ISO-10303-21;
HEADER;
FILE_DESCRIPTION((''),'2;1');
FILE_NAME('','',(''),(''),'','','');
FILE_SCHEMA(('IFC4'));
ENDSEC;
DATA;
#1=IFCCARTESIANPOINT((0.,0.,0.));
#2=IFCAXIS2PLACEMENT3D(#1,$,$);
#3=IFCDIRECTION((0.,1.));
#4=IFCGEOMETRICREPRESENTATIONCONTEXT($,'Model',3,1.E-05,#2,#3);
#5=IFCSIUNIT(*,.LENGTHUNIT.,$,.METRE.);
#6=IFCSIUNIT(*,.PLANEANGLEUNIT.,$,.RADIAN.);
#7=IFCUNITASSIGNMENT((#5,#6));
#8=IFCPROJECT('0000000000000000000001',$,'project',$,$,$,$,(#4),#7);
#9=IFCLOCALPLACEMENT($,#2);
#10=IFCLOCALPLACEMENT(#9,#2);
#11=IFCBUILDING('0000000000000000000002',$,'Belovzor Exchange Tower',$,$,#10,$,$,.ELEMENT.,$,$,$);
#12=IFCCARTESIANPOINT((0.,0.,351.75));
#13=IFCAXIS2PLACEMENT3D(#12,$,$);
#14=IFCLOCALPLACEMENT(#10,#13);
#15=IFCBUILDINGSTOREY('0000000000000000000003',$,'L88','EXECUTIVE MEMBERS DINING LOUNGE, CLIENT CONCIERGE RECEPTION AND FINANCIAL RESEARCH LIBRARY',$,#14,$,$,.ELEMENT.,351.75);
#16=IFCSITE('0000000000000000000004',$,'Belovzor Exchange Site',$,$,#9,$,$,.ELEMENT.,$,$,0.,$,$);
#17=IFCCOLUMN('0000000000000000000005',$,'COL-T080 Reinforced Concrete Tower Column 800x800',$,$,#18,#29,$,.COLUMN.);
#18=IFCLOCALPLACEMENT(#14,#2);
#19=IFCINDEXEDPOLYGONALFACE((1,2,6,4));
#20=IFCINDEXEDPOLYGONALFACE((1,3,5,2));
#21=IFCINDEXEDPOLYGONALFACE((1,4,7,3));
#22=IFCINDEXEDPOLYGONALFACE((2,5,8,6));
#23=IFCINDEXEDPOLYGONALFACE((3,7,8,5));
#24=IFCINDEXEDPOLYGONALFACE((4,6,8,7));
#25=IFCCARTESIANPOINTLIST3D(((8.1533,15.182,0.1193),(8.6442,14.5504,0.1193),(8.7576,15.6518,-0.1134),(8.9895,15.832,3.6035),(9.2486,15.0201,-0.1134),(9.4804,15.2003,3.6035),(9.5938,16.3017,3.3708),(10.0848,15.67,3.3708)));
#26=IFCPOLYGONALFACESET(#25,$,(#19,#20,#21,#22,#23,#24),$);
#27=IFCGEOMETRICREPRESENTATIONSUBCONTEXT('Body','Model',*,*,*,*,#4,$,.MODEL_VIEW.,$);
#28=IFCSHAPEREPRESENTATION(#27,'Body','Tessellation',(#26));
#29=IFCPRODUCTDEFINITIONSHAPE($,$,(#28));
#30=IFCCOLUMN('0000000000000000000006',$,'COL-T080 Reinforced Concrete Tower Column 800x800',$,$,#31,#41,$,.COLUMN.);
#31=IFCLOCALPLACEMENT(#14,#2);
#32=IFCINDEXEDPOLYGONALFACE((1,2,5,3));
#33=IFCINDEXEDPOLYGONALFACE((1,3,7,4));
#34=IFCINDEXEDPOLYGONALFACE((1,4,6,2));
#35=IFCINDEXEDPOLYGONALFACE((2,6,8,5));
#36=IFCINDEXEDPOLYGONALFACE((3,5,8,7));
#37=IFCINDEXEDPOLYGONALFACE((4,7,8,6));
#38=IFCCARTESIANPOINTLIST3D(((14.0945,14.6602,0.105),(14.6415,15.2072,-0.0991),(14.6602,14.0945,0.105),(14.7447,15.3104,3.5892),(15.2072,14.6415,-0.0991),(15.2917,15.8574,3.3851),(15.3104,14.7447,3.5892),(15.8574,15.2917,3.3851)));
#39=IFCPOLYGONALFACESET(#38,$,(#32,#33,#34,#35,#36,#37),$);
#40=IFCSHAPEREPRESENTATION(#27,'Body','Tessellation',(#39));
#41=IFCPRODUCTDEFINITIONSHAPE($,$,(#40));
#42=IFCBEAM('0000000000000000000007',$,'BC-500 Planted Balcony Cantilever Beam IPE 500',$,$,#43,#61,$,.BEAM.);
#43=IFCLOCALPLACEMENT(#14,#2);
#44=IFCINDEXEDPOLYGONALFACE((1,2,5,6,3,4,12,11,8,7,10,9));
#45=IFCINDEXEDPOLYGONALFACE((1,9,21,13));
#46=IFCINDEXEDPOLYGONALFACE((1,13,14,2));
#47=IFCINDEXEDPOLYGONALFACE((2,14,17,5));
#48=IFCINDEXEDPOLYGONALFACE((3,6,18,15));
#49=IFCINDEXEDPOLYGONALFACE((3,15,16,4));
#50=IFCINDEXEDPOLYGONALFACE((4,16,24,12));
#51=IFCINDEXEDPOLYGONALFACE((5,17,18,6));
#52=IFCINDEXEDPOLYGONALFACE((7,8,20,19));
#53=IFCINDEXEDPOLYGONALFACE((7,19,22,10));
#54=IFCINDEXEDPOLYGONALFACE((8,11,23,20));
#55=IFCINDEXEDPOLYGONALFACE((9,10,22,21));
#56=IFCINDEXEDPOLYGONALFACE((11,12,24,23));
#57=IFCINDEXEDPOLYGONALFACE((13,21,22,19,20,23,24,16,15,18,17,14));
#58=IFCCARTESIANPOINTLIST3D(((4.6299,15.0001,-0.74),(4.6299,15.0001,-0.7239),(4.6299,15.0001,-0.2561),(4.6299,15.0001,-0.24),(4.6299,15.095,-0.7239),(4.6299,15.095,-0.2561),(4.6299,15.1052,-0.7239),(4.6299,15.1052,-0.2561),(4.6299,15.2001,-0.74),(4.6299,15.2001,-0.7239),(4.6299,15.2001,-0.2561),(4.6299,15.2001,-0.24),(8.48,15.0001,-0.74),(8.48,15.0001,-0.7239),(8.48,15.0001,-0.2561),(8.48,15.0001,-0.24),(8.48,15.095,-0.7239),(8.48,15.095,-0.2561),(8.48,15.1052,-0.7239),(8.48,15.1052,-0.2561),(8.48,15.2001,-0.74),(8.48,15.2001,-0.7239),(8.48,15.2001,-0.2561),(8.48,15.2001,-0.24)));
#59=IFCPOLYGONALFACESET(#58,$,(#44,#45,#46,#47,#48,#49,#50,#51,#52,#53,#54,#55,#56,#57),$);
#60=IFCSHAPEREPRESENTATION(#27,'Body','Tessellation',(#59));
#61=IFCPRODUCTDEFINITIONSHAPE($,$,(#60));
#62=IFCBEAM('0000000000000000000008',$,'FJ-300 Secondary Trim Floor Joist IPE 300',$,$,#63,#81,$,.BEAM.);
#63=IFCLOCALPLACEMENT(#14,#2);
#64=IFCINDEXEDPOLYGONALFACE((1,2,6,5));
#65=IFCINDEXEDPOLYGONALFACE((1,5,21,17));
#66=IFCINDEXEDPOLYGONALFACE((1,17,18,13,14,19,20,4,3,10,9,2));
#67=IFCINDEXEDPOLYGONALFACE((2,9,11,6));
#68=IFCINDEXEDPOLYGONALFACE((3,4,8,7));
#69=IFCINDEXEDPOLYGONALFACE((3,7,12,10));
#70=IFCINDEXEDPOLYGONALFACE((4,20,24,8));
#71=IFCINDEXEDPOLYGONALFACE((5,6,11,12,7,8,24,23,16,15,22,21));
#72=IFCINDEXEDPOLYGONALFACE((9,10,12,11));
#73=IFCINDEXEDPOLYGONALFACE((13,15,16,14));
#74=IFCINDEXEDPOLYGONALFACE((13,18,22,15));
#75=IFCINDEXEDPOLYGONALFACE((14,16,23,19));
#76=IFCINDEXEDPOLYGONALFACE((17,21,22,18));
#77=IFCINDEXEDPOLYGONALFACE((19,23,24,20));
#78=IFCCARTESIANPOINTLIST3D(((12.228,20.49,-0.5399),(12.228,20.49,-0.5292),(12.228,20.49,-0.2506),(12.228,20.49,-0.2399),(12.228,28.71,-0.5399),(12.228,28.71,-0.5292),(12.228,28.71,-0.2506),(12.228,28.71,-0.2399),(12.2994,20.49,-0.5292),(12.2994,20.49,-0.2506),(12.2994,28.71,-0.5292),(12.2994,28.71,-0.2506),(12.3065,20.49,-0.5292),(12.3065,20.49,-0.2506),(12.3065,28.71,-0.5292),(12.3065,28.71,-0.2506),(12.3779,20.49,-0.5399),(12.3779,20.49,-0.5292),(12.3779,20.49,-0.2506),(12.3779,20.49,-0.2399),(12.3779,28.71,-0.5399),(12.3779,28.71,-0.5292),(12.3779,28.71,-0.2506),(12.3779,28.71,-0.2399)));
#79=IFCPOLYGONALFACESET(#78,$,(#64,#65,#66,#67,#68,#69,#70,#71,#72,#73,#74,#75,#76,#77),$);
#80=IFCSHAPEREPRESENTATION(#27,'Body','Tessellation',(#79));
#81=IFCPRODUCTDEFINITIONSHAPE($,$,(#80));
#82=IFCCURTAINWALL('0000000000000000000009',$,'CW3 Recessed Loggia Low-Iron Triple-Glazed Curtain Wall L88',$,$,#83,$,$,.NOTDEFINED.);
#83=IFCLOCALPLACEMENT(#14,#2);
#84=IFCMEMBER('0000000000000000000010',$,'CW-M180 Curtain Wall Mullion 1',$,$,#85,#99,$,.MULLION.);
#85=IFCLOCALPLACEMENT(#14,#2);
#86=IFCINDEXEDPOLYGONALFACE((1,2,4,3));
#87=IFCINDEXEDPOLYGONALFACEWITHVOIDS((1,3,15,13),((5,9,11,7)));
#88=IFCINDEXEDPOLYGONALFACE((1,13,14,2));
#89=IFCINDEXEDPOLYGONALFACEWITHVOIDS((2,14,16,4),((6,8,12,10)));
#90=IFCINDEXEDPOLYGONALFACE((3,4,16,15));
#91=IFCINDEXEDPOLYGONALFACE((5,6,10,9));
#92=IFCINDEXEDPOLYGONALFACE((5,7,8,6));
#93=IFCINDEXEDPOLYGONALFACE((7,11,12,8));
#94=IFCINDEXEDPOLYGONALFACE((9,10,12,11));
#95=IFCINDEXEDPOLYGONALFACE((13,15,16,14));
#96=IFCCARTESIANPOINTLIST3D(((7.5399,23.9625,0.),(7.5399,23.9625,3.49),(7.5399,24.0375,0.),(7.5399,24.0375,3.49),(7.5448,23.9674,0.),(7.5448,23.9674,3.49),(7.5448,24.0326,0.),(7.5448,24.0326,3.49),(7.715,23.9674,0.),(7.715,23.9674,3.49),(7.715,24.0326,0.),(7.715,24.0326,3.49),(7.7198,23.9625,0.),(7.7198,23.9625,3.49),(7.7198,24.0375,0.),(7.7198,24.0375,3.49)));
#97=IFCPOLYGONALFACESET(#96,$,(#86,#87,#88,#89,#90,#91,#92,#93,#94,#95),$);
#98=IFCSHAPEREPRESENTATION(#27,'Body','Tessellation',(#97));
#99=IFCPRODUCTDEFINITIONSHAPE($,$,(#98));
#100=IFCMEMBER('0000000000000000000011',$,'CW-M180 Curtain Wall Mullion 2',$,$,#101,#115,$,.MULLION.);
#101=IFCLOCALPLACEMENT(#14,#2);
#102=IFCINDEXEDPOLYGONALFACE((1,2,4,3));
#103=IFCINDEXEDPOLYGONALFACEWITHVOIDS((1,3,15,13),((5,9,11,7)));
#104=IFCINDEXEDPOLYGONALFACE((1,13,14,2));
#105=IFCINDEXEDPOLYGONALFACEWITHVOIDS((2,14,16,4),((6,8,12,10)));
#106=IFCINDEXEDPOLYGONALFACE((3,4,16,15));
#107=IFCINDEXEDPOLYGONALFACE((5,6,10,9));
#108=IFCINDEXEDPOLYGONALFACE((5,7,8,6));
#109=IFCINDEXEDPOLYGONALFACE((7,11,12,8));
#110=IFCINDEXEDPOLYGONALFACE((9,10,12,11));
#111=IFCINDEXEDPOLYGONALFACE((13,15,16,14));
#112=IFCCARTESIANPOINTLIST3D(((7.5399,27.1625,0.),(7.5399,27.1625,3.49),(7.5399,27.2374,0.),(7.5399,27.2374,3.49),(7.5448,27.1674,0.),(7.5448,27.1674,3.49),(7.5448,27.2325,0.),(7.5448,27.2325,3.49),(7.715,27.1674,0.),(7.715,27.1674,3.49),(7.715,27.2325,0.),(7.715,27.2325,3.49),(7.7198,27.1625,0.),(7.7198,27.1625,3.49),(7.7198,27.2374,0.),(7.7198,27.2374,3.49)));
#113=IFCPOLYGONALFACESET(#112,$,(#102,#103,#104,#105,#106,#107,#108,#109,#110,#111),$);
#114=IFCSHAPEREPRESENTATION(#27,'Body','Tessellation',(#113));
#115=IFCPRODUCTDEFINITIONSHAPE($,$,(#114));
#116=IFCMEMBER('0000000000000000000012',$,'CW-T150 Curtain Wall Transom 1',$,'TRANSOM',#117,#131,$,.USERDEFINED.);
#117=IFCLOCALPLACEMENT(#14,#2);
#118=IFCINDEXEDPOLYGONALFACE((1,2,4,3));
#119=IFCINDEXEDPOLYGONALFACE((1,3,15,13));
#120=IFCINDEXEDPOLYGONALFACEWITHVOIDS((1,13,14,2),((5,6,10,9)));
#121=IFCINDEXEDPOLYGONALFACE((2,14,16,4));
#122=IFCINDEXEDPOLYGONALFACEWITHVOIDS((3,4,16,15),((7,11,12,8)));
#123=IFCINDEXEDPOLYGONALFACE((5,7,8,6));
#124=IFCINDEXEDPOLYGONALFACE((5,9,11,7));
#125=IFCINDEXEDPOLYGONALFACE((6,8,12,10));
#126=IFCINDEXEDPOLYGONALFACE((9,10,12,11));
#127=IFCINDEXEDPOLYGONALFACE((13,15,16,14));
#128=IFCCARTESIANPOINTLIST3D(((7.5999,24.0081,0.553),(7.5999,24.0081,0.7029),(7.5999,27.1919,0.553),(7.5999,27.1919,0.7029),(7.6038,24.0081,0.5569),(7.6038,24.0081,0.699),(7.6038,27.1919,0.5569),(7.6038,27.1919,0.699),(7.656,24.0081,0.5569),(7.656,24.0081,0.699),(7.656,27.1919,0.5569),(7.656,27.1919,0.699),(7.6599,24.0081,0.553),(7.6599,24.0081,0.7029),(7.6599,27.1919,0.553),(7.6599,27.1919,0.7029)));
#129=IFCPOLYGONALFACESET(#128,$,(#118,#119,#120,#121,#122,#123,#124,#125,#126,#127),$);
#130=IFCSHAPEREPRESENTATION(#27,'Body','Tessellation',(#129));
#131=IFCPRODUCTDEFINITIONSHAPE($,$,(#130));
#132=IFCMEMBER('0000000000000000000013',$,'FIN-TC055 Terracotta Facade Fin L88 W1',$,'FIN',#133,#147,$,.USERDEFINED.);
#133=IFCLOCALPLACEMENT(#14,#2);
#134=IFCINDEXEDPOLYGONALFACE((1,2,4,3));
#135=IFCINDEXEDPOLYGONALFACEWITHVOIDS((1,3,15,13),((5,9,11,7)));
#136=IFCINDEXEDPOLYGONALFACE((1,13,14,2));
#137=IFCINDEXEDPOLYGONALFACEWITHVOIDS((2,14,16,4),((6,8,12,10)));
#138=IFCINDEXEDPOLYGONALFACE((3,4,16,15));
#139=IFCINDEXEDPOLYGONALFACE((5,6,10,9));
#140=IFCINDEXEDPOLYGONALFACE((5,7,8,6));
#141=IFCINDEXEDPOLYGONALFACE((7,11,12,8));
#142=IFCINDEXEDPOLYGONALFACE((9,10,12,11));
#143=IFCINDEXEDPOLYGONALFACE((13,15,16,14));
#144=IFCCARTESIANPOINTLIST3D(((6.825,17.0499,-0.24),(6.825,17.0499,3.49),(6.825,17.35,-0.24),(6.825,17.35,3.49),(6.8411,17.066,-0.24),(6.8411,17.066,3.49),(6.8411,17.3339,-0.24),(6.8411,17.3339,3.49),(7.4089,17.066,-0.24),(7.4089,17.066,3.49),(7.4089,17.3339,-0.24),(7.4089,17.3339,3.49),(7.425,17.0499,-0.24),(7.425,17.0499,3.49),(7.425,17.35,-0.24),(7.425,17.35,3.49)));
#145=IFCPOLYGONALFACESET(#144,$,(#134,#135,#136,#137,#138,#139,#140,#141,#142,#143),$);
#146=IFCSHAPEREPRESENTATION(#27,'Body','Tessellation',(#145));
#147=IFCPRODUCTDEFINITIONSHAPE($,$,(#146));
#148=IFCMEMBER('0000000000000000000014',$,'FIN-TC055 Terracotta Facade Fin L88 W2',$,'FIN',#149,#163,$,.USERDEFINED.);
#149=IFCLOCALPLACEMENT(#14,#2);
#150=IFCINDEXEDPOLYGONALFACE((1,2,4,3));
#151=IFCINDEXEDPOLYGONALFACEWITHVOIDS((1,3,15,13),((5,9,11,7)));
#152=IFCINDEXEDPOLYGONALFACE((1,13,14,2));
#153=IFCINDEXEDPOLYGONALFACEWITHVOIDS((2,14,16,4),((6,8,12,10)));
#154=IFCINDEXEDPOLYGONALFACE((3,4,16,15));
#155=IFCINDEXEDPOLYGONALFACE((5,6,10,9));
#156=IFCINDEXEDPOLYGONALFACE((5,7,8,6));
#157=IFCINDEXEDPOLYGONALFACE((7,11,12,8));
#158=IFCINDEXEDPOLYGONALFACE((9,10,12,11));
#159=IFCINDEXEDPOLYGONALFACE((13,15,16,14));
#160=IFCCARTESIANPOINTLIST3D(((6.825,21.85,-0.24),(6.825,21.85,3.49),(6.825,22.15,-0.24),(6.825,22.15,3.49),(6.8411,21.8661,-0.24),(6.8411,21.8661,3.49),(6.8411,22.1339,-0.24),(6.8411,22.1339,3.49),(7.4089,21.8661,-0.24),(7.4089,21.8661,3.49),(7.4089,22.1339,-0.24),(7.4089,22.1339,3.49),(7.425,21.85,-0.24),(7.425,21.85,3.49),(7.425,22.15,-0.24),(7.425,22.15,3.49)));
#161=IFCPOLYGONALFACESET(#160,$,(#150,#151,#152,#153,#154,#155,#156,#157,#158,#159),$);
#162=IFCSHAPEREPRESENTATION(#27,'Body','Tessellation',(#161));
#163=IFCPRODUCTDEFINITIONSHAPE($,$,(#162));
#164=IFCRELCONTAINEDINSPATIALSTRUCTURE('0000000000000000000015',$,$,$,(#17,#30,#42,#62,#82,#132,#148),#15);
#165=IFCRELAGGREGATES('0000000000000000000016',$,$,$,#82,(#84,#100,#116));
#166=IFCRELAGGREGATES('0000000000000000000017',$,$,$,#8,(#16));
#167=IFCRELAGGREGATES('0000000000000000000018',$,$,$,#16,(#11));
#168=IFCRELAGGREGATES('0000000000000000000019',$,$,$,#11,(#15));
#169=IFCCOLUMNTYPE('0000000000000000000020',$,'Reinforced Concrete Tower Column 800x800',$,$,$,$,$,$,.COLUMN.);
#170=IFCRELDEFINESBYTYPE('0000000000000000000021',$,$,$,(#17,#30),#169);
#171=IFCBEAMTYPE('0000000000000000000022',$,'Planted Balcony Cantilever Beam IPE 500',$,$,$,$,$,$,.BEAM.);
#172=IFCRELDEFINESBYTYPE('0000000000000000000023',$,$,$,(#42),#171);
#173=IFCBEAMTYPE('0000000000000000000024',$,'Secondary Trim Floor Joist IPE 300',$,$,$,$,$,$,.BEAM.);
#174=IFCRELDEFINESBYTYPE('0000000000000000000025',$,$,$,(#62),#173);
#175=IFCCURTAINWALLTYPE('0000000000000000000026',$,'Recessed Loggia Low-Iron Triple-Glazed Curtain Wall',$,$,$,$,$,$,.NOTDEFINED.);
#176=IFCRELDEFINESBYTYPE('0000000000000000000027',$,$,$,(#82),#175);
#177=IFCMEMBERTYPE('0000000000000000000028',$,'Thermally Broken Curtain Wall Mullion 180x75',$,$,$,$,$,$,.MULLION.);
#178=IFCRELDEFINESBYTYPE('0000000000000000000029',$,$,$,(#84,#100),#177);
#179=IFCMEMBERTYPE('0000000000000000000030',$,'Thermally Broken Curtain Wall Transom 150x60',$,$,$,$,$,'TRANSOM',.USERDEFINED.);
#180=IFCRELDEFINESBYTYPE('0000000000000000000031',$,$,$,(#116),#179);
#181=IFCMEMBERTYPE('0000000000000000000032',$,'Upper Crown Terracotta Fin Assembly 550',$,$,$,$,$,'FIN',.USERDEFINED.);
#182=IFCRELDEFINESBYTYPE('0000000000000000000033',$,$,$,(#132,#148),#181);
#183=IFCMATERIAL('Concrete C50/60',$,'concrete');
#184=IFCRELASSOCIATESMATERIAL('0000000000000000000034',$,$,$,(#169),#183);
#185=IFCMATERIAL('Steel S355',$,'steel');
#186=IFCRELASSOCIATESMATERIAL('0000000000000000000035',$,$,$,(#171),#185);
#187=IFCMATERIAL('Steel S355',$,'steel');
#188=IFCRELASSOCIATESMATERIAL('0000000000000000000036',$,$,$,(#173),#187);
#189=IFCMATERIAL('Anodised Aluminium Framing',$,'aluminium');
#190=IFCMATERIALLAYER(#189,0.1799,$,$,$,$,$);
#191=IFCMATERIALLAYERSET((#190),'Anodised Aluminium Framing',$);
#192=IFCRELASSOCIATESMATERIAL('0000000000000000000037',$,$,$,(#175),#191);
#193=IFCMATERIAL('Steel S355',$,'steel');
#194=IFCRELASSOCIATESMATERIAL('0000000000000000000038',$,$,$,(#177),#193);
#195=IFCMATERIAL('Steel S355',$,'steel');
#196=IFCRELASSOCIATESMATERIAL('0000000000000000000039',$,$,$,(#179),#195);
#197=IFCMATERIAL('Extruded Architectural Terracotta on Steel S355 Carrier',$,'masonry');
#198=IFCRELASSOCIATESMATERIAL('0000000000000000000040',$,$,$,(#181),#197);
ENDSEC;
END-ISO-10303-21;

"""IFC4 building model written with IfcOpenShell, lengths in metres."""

from ifc_helpers import new_model, si_unit, direction, frame, origin, origin_2d, place, context, subcontext, project, spatial, rectangle, hollow_rectangle, i_section, extrude, material, layer, layer_set, material_profile, profile_set, type_object, element, aggregate, save


model = new_model("IFC4")

# Units and contexts
model_context = context("Model", 3, precision=1e-05, world=origin(), true_north=direction((0.0, 1.0)))
body_context = subcontext(model_context, "Body", "Model", "MODEL_VIEW")
ifc_project = project(units=[si_unit("LENGTHUNIT", "METRE"), si_unit("PLANEANGLEUNIT", "RADIAN")], contexts=[model_context])

# Site, building, storey
site_placement = place(None, origin())
site = spatial("IfcSite", under=ifc_project, at=site_placement, Name="Belovzor Exchange Site", CompositionType="ELEMENT", RefElevation=0.0)
building_placement = place(site_placement, origin())
building = spatial("IfcBuilding", under=site, at=building_placement, Name="Belovzor Exchange Tower", CompositionType="ELEMENT")
storey_placement = place(building_placement, frame((0.0, 0.0, 351.75)))
storey = spatial("IfcBuildingStorey", under=building, at=storey_placement, Name="L88", Description="EXECUTIVE MEMBERS DINING LOUNGE, CLIENT CONCIERGE RECEPTION AND FINANCIAL RESEARCH LIBRARY", CompositionType="ELEMENT", Elevation=351.75)

# Columns
ifc_material_1 = material(Name="Concrete C50/60", Category="concrete")
ifc_material_profile_1 = material_profile(ifc_material_1, rectangle(XDim=0.8, YDim=0.8, at=origin_2d()))
ifc_profile_set_1 = profile_set([ifc_material_profile_1], Name="Concrete C50/60")
column_type = type_object("IfcColumnType", Name="Reinforced Concrete Tower Column 800x800", PredefinedType="COLUMN", material=ifc_profile_set_1)
column_1_placement = place(storey_placement, frame((8.7009, 15.1011, 0.0029), z_axis=(0.229624, 0.17847, 0.956777), x_axis=(-0.613669, 0.789563, 0.0)))
element("IfcColumn", 1, at=column_1_placement, inside=storey, type_object=column_type, Name="COL-T080 Reinforced Concrete Tower Column 800x800", PredefinedType="COLUMN", context=body_context, shape_type="SweptSolid", body=[
    extrude(rectangle(XDim=0.8, YDim=0.8, at=origin_2d()), origin(), (0.0, 0.0, 1.0), 3.6416),
])
column_2_placement = place(storey_placement, frame((14.6509, 14.6509, 0.0029), z_axis=(0.180425, 0.180425, 0.966899), x_axis=(-0.707107, 0.707107, 0.0)))
element("IfcColumn", 2, at=column_2_placement, inside=storey, type_object=column_type, Name="COL-T080 Reinforced Concrete Tower Column 800x800", PredefinedType="COLUMN", context=body_context, shape_type="SweptSolid", body=[
    extrude(rectangle(XDim=0.8, YDim=0.8, at=origin_2d()), origin(), (0.0, 0.0, 1.0), 3.6035),
])

# Beams
ifc_material_2 = material(Name="Steel S355", Category="steel")
ifc_material_profile_2 = material_profile(ifc_material_2, i_section(OverallWidth=0.2, OverallDepth=0.5, WebThickness=0.0103, FlangeThickness=0.0161, at=origin_2d()))
ifc_profile_set_2 = profile_set([ifc_material_profile_2], Name="Steel S355")
beam_type_1 = type_object("IfcBeamType", Name="Planted Balcony Cantilever Beam IPE 500", PredefinedType="BEAM", material=ifc_profile_set_2)
beam_1_placement = place(storey_placement, frame((8.48, 15.1001, -0.49), z_axis=(-1.0, 0.0, 0.0), x_axis=(0.0, -1.0, 0.0)))
element("IfcBeam", 3, at=beam_1_placement, inside=storey, type_object=beam_type_1, Name="BC-500 Planted Balcony Cantilever Beam IPE 500", PredefinedType="BEAM", context=body_context, shape_type="SweptSolid", body=[
    extrude(i_section(OverallWidth=0.2, OverallDepth=0.5, WebThickness=0.0103, FlangeThickness=0.0161, at=origin_2d()), origin(), (0.0, 0.0, 1.0), 3.8501),
])
ifc_material_3 = material(Name="Steel S355", Category="steel")
ifc_material_profile_3 = material_profile(ifc_material_3, i_section(OverallWidth=0.1499, OverallDepth=0.3, WebThickness=0.0071, FlangeThickness=0.0107, at=origin_2d()))
ifc_profile_set_3 = profile_set([ifc_material_profile_3], Name="Steel S355")
beam_type_2 = type_object("IfcBeamType", Name="Secondary Trim Floor Joist IPE 300", PredefinedType="BEAM", material=ifc_profile_set_3)
beam_2_placement = place(storey_placement, frame((12.303, 20.49, -0.3899), z_axis=(0.0, 1.0, 0.0), x_axis=(-1.0, 0.0, 0.0)))
element("IfcBeam", 4, at=beam_2_placement, inside=storey, type_object=beam_type_2, Name="FJ-300 Secondary Trim Floor Joist IPE 300", PredefinedType="BEAM", context=body_context, shape_type="SweptSolid", body=[
    extrude(i_section(OverallWidth=0.1499, OverallDepth=0.3, WebThickness=0.0071, FlangeThickness=0.0107, at=origin_2d()), origin(), (0.0, 0.0, 1.0), 8.22),
])

# Curtain wall, members
ifc_material_4 = material(Name="Anodised Aluminium Framing", Category="aluminium")
ifc_layer_1 = layer(ifc_material_4, 0.1799)
ifc_layer_set_1 = layer_set([ifc_layer_1], Name="Anodised Aluminium Framing")
curtain_wall_type = type_object("IfcCurtainWallType", Name="Recessed Loggia Low-Iron Triple-Glazed Curtain Wall", PredefinedType="NOTDEFINED", material=ifc_layer_set_1)
curtain_wall_placement = place(storey_placement, origin())
curtain_wall = element("IfcCurtainWall", 5, at=curtain_wall_placement, inside=storey, type_object=curtain_wall_type, Name="CW3 Recessed Loggia Low-Iron Triple-Glazed Curtain Wall L88", PredefinedType="NOTDEFINED")
ifc_material_5 = material(Name="Steel S355", Category="steel")
ifc_material_profile_4 = material_profile(ifc_material_5, hollow_rectangle(XDim=0.075, YDim=0.1799, WallThickness=0.0049, at=origin_2d()))
ifc_profile_set_4 = profile_set([ifc_material_profile_4], Name="Steel S355")
member_type_1 = type_object("IfcMemberType", Name="Thermally Broken Curtain Wall Mullion 180x75", PredefinedType="MULLION", material=ifc_profile_set_4)
member_1_placement = place(storey_placement, frame((7.6299, 24.0, 0.0), z_axis=(0.0, 0.0, 1.0), x_axis=(0.0, 1.0, 0.0)))
member_1 = element("IfcMember", 6, at=member_1_placement, type_object=member_type_1, Name="CW-M180 Curtain Wall Mullion 1", PredefinedType="MULLION", context=body_context, shape_type="SweptSolid", body=[
    extrude(hollow_rectangle(XDim=0.075, YDim=0.1799, WallThickness=0.0049, at=origin_2d()), origin(), (0.0, 0.0, 1.0), 3.49),
])
member_2_placement = place(storey_placement, frame((7.6299, 27.2, 0.0), z_axis=(0.0, 0.0, 1.0), x_axis=(0.0, 1.0, 0.0)))
member_2 = element("IfcMember", 7, at=member_2_placement, type_object=member_type_1, Name="CW-M180 Curtain Wall Mullion 2", PredefinedType="MULLION", context=body_context, shape_type="SweptSolid", body=[
    extrude(hollow_rectangle(XDim=0.075, YDim=0.1799, WallThickness=0.0049, at=origin_2d()), origin(), (0.0, 0.0, 1.0), 3.49),
])
ifc_material_6 = material(Name="Steel S355", Category="steel")
ifc_material_profile_5 = material_profile(ifc_material_6, hollow_rectangle(XDim=0.0601, YDim=0.1499, WallThickness=0.0039, at=origin_2d()))
ifc_profile_set_5 = profile_set([ifc_material_profile_5], Name="Steel S355")
member_type_2 = type_object("IfcMemberType", Name="Thermally Broken Curtain Wall Transom 150x60", ElementType="TRANSOM", PredefinedType="USERDEFINED", material=ifc_profile_set_5)
member_3_placement = place(storey_placement, frame((7.6299, 24.0081, 0.6279), z_axis=(0.0, 1.0, 0.0), x_axis=(-1.0, 0.0, 0.0)))
member_3 = element("IfcMember", 8, at=member_3_placement, type_object=member_type_2, Name="CW-T150 Curtain Wall Transom 1", ObjectType="TRANSOM", PredefinedType="USERDEFINED", context=body_context, shape_type="SweptSolid", body=[
    extrude(hollow_rectangle(XDim=0.0601, YDim=0.1499, WallThickness=0.0039, at=origin_2d()), origin(), (0.0, 0.0, 1.0), 3.1838),
])

# Members
ifc_material_7 = material(Name="Extruded Architectural Terracotta on Steel S355 Carrier", Category="masonry")
ifc_material_profile_6 = material_profile(ifc_material_7, hollow_rectangle(XDim=0.3, YDim=0.6001, WallThickness=0.0161, at=origin_2d()))
ifc_profile_set_6 = profile_set([ifc_material_profile_6], Name="Extruded Architectural Terracotta on Steel S355 Carrier")
member_type_3 = type_object("IfcMemberType", Name="Upper Crown Terracotta Fin Assembly 550", ElementType="FIN", PredefinedType="USERDEFINED", material=ifc_profile_set_6)
for number, where, z_axis, x_axis, name in (
    (9, (7.125, 17.2, -0.24), (0.0, 0.0, 1.0), (0.0, 1.0, 0.0), "FIN-TC055 Terracotta Facade Fin L88 W1"),
    (10, (7.125, 22.0, -0.24), (0.0, 0.0, 1.0), (0.0, 1.0, 0.0), "FIN-TC055 Terracotta Facade Fin L88 W2"),
):
    element("IfcMember", number, at=place(storey_placement, frame(where, z_axis=z_axis, x_axis=x_axis)), inside=storey, type_object=member_type_3, Name=name, ObjectType="FIN", PredefinedType="USERDEFINED", context=body_context, shape_type="SweptSolid", body=[
        extrude(hollow_rectangle(XDim=0.3, YDim=0.6001, WallThickness=0.0161, at=origin_2d()), origin(), (0.0, 0.0, 1.0), 3.73),
    ])

aggregate(curtain_wall, [member_1, member_2, member_3])

save(model, "model.ifc")
